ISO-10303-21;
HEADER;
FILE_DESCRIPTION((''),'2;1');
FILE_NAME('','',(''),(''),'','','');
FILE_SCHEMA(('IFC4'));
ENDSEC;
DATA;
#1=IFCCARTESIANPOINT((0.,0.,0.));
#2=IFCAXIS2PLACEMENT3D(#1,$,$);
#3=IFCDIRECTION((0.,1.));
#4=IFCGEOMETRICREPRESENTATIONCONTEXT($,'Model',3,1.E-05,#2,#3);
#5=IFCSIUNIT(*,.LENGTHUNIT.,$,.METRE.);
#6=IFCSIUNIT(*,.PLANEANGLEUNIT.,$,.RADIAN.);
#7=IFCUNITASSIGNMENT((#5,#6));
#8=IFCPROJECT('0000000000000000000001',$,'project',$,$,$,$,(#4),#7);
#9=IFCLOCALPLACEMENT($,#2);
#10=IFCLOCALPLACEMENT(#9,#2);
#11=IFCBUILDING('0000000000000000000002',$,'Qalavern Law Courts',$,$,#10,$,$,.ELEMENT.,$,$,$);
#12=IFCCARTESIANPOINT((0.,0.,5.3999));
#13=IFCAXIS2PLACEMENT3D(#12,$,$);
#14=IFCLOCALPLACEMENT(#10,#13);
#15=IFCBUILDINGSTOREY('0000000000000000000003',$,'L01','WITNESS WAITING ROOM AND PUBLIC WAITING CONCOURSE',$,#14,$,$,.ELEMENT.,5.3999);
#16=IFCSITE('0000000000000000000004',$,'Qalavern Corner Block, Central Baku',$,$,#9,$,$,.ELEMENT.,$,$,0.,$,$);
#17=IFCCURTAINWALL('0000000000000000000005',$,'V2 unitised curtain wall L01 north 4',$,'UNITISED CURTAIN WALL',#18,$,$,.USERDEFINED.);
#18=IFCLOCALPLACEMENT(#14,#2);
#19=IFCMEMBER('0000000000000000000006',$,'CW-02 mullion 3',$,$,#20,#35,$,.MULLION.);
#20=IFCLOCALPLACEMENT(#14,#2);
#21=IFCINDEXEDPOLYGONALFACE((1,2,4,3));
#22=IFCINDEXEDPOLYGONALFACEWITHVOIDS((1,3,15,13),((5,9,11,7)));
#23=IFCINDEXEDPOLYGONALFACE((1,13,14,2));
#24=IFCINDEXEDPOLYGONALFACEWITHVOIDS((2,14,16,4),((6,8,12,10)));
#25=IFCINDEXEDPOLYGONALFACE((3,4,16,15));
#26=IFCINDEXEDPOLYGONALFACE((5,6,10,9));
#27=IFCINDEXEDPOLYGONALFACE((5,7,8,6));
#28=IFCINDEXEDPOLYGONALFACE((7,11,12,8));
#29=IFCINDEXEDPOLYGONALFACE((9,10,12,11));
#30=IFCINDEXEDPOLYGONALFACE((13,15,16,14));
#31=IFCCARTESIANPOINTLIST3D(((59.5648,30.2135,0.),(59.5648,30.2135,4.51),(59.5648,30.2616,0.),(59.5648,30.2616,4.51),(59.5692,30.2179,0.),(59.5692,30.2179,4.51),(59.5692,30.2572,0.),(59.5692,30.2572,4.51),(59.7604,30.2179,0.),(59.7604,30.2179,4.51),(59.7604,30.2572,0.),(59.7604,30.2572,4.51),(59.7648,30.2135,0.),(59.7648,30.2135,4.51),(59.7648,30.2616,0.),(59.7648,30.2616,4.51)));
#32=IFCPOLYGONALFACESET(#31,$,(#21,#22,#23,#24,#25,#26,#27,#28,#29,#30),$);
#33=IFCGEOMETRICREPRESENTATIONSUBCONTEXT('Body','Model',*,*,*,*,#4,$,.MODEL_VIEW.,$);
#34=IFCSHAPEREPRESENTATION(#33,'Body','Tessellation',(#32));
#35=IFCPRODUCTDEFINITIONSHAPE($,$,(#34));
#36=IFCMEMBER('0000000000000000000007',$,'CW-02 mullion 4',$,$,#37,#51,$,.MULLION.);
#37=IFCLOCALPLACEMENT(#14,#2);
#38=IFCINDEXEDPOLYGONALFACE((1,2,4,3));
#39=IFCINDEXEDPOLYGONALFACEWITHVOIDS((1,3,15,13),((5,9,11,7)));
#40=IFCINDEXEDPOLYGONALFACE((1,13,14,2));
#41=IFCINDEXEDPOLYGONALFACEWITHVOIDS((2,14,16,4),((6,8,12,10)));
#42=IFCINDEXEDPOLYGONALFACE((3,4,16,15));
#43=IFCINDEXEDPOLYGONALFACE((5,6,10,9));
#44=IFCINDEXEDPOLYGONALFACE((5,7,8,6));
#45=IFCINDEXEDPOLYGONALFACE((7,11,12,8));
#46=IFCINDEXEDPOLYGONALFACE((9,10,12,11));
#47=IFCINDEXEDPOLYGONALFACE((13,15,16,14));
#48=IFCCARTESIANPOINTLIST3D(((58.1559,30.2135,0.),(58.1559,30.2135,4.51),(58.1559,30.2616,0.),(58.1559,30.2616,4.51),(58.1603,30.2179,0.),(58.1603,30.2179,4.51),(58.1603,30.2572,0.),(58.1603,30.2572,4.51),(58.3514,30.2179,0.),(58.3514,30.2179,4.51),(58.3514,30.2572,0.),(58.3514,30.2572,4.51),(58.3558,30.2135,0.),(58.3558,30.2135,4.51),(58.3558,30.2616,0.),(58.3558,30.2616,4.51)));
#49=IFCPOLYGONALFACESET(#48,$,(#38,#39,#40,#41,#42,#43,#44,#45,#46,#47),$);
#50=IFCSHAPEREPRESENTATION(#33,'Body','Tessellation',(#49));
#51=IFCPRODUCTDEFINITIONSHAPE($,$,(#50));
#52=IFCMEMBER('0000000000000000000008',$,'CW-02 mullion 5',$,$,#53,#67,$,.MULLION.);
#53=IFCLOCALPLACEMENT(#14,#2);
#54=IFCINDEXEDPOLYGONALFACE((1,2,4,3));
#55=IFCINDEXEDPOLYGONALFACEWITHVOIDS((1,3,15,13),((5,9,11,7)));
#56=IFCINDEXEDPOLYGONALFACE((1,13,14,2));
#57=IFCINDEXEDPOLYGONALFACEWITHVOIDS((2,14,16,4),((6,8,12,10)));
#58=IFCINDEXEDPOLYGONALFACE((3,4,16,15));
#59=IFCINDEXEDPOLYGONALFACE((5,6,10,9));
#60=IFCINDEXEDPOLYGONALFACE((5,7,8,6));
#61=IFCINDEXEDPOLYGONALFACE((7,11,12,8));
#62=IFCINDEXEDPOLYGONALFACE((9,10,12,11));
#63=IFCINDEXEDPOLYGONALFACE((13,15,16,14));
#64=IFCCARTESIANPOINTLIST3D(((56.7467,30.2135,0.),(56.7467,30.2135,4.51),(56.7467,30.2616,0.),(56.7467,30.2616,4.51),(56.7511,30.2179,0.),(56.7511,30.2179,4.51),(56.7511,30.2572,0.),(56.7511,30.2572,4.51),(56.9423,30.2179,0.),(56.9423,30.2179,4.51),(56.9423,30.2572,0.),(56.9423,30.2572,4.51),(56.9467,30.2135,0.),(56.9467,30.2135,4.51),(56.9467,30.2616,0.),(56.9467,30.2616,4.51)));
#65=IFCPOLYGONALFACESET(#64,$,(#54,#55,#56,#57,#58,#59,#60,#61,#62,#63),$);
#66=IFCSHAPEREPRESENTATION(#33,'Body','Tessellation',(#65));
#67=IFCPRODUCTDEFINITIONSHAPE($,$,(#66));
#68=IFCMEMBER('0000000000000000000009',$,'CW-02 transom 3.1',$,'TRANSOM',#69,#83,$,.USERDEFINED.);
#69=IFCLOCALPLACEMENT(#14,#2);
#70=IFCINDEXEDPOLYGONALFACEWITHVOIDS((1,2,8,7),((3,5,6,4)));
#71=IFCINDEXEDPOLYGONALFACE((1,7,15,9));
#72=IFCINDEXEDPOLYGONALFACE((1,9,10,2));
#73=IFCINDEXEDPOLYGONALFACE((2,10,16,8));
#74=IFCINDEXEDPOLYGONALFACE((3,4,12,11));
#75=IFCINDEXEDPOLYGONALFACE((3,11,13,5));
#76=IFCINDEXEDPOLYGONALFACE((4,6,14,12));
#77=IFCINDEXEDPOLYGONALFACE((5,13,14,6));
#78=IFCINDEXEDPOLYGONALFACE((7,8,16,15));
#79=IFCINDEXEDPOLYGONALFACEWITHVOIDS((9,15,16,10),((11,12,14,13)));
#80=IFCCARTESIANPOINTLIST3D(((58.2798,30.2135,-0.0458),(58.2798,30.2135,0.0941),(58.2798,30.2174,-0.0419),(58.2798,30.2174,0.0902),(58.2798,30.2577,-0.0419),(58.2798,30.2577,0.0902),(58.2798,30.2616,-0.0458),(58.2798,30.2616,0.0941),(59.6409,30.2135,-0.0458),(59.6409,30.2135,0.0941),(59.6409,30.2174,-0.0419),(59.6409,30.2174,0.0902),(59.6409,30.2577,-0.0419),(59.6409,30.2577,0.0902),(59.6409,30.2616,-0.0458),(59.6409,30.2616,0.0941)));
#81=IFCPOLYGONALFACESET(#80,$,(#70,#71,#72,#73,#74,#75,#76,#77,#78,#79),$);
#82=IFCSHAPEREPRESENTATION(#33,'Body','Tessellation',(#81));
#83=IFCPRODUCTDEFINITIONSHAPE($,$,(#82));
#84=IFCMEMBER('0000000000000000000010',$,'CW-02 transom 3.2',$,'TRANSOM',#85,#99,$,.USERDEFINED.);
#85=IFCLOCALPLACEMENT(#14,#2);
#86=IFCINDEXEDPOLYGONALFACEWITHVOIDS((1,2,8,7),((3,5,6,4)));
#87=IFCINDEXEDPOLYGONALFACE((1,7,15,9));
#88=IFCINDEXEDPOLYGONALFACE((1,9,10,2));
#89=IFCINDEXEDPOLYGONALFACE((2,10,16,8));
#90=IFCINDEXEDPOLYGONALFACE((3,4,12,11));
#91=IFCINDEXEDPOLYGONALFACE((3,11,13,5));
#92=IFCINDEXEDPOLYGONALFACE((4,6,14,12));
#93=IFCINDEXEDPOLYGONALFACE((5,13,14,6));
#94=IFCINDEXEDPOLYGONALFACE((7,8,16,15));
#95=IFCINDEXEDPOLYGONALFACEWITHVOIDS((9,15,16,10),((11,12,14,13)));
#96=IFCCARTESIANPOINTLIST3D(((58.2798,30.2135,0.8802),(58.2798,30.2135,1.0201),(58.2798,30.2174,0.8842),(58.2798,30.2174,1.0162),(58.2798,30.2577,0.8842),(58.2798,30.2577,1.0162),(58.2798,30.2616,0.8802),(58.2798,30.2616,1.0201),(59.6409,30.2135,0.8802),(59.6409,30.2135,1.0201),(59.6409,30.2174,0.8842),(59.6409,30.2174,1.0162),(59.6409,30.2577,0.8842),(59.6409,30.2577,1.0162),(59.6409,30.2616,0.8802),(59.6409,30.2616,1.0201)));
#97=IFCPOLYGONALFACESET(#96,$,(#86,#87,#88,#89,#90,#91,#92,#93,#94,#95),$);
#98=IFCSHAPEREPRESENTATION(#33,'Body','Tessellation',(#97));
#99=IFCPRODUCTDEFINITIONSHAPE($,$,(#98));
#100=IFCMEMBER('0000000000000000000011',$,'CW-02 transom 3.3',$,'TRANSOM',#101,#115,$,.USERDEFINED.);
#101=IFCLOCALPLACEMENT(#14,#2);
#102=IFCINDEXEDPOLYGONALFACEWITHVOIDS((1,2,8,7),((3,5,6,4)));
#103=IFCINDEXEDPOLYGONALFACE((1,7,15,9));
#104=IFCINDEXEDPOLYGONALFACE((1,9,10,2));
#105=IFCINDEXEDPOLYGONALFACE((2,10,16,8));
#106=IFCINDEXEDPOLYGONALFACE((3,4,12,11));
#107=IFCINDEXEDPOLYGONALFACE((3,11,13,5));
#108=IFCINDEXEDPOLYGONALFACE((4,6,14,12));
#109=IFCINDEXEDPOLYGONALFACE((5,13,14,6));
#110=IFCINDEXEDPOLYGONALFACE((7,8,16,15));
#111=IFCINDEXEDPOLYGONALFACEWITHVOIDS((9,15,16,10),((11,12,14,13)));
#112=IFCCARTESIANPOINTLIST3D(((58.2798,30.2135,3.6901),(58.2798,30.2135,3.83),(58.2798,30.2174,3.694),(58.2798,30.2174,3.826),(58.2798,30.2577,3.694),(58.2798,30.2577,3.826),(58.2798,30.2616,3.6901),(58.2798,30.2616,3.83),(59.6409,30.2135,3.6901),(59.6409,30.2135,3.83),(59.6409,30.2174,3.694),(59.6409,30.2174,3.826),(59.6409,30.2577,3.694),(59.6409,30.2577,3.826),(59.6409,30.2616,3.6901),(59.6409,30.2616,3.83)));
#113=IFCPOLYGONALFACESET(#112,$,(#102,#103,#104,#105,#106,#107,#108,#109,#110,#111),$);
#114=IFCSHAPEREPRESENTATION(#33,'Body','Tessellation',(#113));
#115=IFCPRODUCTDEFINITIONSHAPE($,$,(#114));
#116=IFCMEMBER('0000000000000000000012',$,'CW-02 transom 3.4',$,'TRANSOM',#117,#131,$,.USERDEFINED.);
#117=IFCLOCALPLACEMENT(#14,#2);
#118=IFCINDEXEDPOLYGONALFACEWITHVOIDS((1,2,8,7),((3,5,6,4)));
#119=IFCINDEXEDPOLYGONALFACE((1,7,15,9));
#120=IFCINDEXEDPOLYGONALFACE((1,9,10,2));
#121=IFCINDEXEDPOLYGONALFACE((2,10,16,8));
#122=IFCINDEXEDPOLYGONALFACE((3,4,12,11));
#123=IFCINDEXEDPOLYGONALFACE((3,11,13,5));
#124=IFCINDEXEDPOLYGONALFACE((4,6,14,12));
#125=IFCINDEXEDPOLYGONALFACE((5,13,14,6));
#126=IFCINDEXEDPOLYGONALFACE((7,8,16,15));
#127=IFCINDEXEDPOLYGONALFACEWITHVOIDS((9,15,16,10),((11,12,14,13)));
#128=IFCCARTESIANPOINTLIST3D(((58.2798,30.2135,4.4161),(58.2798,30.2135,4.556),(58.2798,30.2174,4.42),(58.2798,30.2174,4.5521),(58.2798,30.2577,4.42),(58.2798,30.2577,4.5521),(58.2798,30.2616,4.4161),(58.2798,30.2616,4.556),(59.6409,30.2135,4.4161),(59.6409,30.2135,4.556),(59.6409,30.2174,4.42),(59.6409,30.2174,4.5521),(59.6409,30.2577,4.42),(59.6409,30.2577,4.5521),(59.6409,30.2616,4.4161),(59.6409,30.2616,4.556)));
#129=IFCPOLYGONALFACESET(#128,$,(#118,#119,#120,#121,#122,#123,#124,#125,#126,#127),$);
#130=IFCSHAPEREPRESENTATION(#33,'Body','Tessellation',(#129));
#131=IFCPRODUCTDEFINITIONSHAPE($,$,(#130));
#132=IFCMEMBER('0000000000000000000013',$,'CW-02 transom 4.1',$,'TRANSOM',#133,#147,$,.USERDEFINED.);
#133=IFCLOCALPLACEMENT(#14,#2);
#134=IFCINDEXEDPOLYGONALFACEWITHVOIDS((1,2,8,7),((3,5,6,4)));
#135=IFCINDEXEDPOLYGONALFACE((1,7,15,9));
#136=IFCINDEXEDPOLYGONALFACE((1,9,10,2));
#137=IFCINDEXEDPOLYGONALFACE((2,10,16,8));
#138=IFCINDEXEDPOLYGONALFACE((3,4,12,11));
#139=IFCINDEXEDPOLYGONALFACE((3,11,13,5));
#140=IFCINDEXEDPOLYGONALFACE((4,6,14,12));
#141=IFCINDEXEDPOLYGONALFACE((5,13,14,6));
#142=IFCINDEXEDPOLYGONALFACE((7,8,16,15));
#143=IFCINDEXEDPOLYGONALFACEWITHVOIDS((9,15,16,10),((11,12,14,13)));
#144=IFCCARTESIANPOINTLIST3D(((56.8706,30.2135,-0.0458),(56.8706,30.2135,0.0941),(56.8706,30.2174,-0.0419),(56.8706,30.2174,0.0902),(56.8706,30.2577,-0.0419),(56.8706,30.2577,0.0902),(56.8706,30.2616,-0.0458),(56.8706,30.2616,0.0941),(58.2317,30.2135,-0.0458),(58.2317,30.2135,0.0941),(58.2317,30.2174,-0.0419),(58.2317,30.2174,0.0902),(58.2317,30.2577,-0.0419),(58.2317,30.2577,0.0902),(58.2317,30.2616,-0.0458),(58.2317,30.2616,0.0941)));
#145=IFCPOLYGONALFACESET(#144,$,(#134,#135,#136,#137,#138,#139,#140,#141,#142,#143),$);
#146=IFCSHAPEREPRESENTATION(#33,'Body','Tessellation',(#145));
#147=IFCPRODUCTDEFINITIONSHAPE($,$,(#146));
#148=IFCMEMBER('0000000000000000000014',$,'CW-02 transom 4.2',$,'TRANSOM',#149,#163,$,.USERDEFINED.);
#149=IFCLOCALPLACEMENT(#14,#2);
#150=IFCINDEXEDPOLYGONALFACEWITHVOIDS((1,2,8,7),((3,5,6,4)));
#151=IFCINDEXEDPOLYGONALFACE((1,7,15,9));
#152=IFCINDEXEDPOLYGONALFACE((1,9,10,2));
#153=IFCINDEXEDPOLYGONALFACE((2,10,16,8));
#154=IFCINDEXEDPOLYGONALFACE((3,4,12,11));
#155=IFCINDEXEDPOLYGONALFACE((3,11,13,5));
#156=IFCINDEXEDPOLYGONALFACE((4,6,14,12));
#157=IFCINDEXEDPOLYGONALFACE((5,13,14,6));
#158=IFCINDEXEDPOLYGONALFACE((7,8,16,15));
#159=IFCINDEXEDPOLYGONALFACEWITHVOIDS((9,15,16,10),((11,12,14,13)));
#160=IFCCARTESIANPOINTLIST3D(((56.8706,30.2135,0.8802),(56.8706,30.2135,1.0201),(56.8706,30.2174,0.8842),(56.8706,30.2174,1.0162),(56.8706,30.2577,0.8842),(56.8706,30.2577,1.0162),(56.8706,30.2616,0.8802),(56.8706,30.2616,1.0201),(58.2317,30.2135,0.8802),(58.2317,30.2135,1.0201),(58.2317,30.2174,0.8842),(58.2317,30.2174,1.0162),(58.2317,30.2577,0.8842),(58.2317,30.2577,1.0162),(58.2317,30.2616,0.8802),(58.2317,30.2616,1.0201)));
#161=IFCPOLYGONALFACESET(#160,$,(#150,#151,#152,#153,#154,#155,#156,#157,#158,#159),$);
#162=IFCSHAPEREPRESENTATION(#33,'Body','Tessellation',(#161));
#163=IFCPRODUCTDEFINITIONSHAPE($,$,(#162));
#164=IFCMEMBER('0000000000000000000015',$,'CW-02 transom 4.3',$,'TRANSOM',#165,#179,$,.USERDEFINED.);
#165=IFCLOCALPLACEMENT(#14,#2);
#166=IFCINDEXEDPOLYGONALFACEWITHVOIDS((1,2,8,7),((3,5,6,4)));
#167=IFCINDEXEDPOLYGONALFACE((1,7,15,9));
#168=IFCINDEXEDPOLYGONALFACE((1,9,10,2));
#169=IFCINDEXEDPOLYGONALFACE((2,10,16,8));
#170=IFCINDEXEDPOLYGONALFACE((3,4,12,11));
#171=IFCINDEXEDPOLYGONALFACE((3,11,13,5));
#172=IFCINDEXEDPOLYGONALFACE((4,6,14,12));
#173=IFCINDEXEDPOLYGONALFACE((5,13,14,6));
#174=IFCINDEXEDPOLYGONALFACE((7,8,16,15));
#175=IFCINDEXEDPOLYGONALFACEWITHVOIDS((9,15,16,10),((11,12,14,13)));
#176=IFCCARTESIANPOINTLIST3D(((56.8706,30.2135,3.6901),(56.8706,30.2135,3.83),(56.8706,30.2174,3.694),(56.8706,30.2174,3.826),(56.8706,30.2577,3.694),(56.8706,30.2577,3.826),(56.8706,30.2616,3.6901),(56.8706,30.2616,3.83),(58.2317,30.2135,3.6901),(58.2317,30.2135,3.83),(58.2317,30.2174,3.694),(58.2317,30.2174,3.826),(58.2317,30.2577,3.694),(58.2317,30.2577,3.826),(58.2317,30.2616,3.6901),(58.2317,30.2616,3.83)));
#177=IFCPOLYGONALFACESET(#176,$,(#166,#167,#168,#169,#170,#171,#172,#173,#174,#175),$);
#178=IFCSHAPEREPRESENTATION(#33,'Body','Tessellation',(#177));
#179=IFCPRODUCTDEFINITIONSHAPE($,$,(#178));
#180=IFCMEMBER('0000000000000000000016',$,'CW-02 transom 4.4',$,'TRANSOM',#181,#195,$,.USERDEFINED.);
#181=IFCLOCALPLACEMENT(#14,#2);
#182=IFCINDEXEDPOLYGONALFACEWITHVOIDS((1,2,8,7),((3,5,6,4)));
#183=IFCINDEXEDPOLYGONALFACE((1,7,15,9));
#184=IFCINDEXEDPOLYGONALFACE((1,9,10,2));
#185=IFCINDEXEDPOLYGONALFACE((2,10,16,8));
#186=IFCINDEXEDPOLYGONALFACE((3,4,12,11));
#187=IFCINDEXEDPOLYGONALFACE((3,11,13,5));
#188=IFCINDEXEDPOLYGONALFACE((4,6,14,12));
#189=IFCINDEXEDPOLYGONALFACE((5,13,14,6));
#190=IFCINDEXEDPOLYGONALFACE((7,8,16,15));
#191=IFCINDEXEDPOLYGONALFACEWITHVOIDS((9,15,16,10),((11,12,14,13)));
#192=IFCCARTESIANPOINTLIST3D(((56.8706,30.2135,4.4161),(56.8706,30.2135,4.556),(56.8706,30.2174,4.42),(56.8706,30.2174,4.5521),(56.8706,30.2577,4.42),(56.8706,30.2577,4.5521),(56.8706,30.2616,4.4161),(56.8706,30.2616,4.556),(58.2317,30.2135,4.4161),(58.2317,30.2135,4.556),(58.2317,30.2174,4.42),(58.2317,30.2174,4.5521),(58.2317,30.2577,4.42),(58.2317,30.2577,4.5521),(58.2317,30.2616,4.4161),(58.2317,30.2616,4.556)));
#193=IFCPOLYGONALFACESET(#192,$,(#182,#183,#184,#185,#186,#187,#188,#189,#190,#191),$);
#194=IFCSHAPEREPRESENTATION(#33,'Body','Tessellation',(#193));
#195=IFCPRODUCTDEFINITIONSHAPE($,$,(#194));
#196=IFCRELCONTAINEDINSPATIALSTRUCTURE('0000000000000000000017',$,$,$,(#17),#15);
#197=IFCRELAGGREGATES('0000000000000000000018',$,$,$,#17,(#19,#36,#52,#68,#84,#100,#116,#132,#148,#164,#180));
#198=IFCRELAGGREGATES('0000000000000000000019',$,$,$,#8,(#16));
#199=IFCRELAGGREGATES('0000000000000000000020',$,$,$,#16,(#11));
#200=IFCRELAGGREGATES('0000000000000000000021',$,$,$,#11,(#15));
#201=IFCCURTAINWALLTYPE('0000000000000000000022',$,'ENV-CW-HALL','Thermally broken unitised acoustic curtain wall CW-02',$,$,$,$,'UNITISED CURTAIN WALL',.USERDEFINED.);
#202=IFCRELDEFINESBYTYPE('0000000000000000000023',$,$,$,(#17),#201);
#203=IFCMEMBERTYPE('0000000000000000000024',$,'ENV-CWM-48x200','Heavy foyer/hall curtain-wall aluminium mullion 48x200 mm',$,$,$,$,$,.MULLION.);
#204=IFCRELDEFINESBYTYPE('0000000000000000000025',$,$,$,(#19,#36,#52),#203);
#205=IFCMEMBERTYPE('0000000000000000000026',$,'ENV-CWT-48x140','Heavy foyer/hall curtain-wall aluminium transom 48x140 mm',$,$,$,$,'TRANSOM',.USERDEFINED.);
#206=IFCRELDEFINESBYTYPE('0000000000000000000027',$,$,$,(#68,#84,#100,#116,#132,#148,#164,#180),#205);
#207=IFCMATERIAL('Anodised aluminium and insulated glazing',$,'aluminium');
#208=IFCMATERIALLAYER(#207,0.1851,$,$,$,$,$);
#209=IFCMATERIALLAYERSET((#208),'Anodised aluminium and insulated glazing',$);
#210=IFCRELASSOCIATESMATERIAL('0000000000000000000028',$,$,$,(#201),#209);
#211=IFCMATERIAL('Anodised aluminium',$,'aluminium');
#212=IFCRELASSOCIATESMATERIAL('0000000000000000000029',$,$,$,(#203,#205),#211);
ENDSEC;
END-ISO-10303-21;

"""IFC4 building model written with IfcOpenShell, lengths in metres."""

from ifc_helpers import new_model, si_unit, direction, frame, origin, origin_2d, place, context, subcontext, project, spatial, hollow_rectangle, extrude, material, layer, layer_set, material_profile, profile_set, type_object, element, aggregate, save


model = new_model("IFC4")

# Units and contexts
model_context = context("Model", 3, precision=1e-05, world=origin(), true_north=direction((0.0, 1.0)))
body_context = subcontext(model_context, "Body", "Model", "MODEL_VIEW")
ifc_project = project(units=[si_unit("LENGTHUNIT", "METRE"), si_unit("PLANEANGLEUNIT", "RADIAN")], contexts=[model_context])

# Site, building, storey
site_placement = place(None, origin())
site = spatial("IfcSite", under=ifc_project, at=site_placement, Name="Qalavern Corner Block, Central Baku", CompositionType="ELEMENT", RefElevation=0.0)
building_placement = place(site_placement, origin())
building = spatial("IfcBuilding", under=site, at=building_placement, Name="Qalavern Law Courts", CompositionType="ELEMENT")
storey_placement = place(building_placement, frame((0.0, 0.0, 5.3999)))
storey = spatial("IfcBuildingStorey", under=building, at=storey_placement, Name="L01", Description="WITNESS WAITING ROOM AND PUBLIC WAITING CONCOURSE", CompositionType="ELEMENT", Elevation=5.3999)

# Curtain wall, members
ifc_material_1 = material(Name="Anodised aluminium and insulated glazing", Category="aluminium")
ifc_layer_1 = layer(ifc_material_1, 0.1851)
ifc_layer_set_1 = layer_set([ifc_layer_1], Name="Anodised aluminium and insulated glazing")
curtain_wall_type = type_object("IfcCurtainWallType", Name="ENV-CW-HALL", Description="Thermally broken unitised acoustic curtain wall CW-02", ElementType="UNITISED CURTAIN WALL", PredefinedType="USERDEFINED", material=ifc_layer_set_1)
curtain_wall_placement = place(storey_placement, origin())
curtain_wall = element("IfcCurtainWall", 1, at=curtain_wall_placement, inside=storey, type_object=curtain_wall_type, Name="V2 unitised curtain wall L01 north 4", ObjectType="UNITISED CURTAIN WALL", PredefinedType="USERDEFINED")
ifc_material_2 = material(Name="Anodised aluminium", Category="aluminium")
ifc_material_profile_1 = material_profile(ifc_material_2, hollow_rectangle(XDim=0.0481, YDim=0.2, WallThickness=0.0044, at=origin_2d()), Name="ALU MULLION 48x200")
ifc_profile_set_1 = profile_set([ifc_material_profile_1], Name="Anodised aluminium")
member_type_1 = type_object("IfcMemberType", Name="ENV-CWM-48x200", Description="Heavy foyer/hall curtain-wall aluminium mullion 48x200 mm", PredefinedType="MULLION", material=ifc_profile_set_1)
member_1_placement = place(storey_placement, frame((59.6648, 30.2375, 0.0), z_axis=(0.0, 0.0, 1.0), x_axis=(0.0, -1.0, 0.0)))
member_1 = element("IfcMember", 2, at=member_1_placement, type_object=member_type_1, Name="CW-02 mullion 3", PredefinedType="MULLION", context=body_context, shape_type="SweptSolid", body=[
    extrude(hollow_rectangle(XDim=0.0481, YDim=0.2, WallThickness=0.0044, at=origin_2d()), origin(), (0.0, 0.0, 1.0), 4.51),
])
member_2_placement = place(storey_placement, frame((58.2559, 30.2375, 0.0), z_axis=(0.0, 0.0, 1.0), x_axis=(0.0, -1.0, 0.0)))
member_2 = element("IfcMember", 3, at=member_2_placement, type_object=member_type_1, Name="CW-02 mullion 4", PredefinedType="MULLION", context=body_context, shape_type="SweptSolid", body=[
    extrude(hollow_rectangle(XDim=0.0481, YDim=0.2, WallThickness=0.0044, at=origin_2d()), origin(), (0.0, 0.0, 1.0), 4.51),
])
member_3_placement = place(storey_placement, frame((56.8467, 30.2375, 0.0), z_axis=(0.0, 0.0, 1.0), x_axis=(0.0, -1.0, 0.0)))
member_3 = element("IfcMember", 4, at=member_3_placement, type_object=member_type_1, Name="CW-02 mullion 5", PredefinedType="MULLION", context=body_context, shape_type="SweptSolid", body=[
    extrude(hollow_rectangle(XDim=0.0481, YDim=0.2, WallThickness=0.0044, at=origin_2d()), origin(), (0.0, 0.0, 1.0), 4.51),
])
ifc_material_profile_2 = material_profile(ifc_material_2, hollow_rectangle(XDim=0.0481, YDim=0.1399, WallThickness=0.0039, at=origin_2d()), Name="ALU TRANSOM 48x140")
ifc_profile_set_2 = profile_set([ifc_material_profile_2], Name="Anodised aluminium")
member_type_2 = type_object("IfcMemberType", Name="ENV-CWT-48x140", Description="Heavy foyer/hall curtain-wall aluminium transom 48x140 mm", ElementType="TRANSOM", PredefinedType="USERDEFINED", material=ifc_profile_set_2)
member_4_placement = place(storey_placement, frame((59.6409, 30.2375, 0.0242), z_axis=(-1.0, 0.0, 0.0), x_axis=(0.0, -1.0, 0.0)))
member_4 = element("IfcMember", 5, at=member_4_placement, type_object=member_type_2, Name="CW-02 transom 3.1", ObjectType="TRANSOM", PredefinedType="USERDEFINED", context=body_context, shape_type="SweptSolid", body=[
    extrude(hollow_rectangle(XDim=0.0481, YDim=0.1399, WallThickness=0.0039, at=origin_2d()), origin(), (0.0, 0.0, 1.0), 1.3611),
])
member_5_placement = place(storey_placement, frame((59.6409, 30.2375, 0.9502), z_axis=(-1.0, 0.0, 0.0), x_axis=(0.0, -1.0, 0.0)))
member_5 = element("IfcMember", 6, at=member_5_placement, type_object=member_type_2, Name="CW-02 transom 3.2", ObjectType="TRANSOM", PredefinedType="USERDEFINED", context=body_context, shape_type="SweptSolid", body=[
    extrude(hollow_rectangle(XDim=0.0481, YDim=0.1399, WallThickness=0.0039, at=origin_2d()), origin(), (0.0, 0.0, 1.0), 1.3611),
])
member_6_placement = place(storey_placement, frame((59.6409, 30.2375, 3.76), z_axis=(-1.0, 0.0, 0.0), x_axis=(0.0, -1.0, 0.0)))
member_6 = element("IfcMember", 7, at=member_6_placement, type_object=member_type_2, Name="CW-02 transom 3.3", ObjectType="TRANSOM", PredefinedType="USERDEFINED", context=body_context, shape_type="SweptSolid", body=[
    extrude(hollow_rectangle(XDim=0.0481, YDim=0.1399, WallThickness=0.0039, at=origin_2d()), origin(), (0.0, 0.0, 1.0), 1.3611),
])
member_7_placement = place(storey_placement, frame((59.6409, 30.2375, 4.4861), z_axis=(-1.0, 0.0, 0.0), x_axis=(0.0, -1.0, 0.0)))
member_7 = element("IfcMember", 8, at=member_7_placement, type_object=member_type_2, Name="CW-02 transom 3.4", ObjectType="TRANSOM", PredefinedType="USERDEFINED", context=body_context, shape_type="SweptSolid", body=[
    extrude(hollow_rectangle(XDim=0.0481, YDim=0.1399, WallThickness=0.0039, at=origin_2d()), origin(), (0.0, 0.0, 1.0), 1.3611),
])
member_8_placement = place(storey_placement, frame((58.2317, 30.2375, 0.0242), z_axis=(-1.0, 0.0, 0.0), x_axis=(0.0, -1.0, 0.0)))
member_8 = element("IfcMember", 9, at=member_8_placement, type_object=member_type_2, Name="CW-02 transom 4.1", ObjectType="TRANSOM", PredefinedType="USERDEFINED", context=body_context, shape_type="SweptSolid", body=[
    extrude(hollow_rectangle(XDim=0.0481, YDim=0.1399, WallThickness=0.0039, at=origin_2d()), origin(), (0.0, 0.0, 1.0), 1.3611),
])
member_9_placement = place(storey_placement, frame((58.2317, 30.2375, 0.9502), z_axis=(-1.0, 0.0, 0.0), x_axis=(0.0, -1.0, 0.0)))
member_9 = element("IfcMember", 10, at=member_9_placement, type_object=member_type_2, Name="CW-02 transom 4.2", ObjectType="TRANSOM", PredefinedType="USERDEFINED", context=body_context, shape_type="SweptSolid", body=[
    extrude(hollow_rectangle(XDim=0.0481, YDim=0.1399, WallThickness=0.0039, at=origin_2d()), origin(), (0.0, 0.0, 1.0), 1.3611),
])
member_10_placement = place(storey_placement, frame((58.2317, 30.2375, 3.76), z_axis=(-1.0, 0.0, 0.0), x_axis=(0.0, -1.0, 0.0)))
member_10 = element("IfcMember", 11, at=member_10_placement, type_object=member_type_2, Name="CW-02 transom 4.3", ObjectType="TRANSOM", PredefinedType="USERDEFINED", context=body_context, shape_type="SweptSolid", body=[
    extrude(hollow_rectangle(XDim=0.0481, YDim=0.1399, WallThickness=0.0039, at=origin_2d()), origin(), (0.0, 0.0, 1.0), 1.3611),
])
member_11_placement = place(storey_placement, frame((58.2317, 30.2375, 4.4861), z_axis=(-1.0, 0.0, 0.0), x_axis=(0.0, -1.0, 0.0)))
member_11 = element("IfcMember", 12, at=member_11_placement, type_object=member_type_2, Name="CW-02 transom 4.4", ObjectType="TRANSOM", PredefinedType="USERDEFINED", context=body_context, shape_type="SweptSolid", body=[
    extrude(hollow_rectangle(XDim=0.0481, YDim=0.1399, WallThickness=0.0039, at=origin_2d()), origin(), (0.0, 0.0, 1.0), 1.3611),
])
aggregate(curtain_wall, [member_1, member_2, member_3, member_4, member_5, member_6, member_7, member_8, member_9, member_10, member_11])

save(model, "model.ifc")
